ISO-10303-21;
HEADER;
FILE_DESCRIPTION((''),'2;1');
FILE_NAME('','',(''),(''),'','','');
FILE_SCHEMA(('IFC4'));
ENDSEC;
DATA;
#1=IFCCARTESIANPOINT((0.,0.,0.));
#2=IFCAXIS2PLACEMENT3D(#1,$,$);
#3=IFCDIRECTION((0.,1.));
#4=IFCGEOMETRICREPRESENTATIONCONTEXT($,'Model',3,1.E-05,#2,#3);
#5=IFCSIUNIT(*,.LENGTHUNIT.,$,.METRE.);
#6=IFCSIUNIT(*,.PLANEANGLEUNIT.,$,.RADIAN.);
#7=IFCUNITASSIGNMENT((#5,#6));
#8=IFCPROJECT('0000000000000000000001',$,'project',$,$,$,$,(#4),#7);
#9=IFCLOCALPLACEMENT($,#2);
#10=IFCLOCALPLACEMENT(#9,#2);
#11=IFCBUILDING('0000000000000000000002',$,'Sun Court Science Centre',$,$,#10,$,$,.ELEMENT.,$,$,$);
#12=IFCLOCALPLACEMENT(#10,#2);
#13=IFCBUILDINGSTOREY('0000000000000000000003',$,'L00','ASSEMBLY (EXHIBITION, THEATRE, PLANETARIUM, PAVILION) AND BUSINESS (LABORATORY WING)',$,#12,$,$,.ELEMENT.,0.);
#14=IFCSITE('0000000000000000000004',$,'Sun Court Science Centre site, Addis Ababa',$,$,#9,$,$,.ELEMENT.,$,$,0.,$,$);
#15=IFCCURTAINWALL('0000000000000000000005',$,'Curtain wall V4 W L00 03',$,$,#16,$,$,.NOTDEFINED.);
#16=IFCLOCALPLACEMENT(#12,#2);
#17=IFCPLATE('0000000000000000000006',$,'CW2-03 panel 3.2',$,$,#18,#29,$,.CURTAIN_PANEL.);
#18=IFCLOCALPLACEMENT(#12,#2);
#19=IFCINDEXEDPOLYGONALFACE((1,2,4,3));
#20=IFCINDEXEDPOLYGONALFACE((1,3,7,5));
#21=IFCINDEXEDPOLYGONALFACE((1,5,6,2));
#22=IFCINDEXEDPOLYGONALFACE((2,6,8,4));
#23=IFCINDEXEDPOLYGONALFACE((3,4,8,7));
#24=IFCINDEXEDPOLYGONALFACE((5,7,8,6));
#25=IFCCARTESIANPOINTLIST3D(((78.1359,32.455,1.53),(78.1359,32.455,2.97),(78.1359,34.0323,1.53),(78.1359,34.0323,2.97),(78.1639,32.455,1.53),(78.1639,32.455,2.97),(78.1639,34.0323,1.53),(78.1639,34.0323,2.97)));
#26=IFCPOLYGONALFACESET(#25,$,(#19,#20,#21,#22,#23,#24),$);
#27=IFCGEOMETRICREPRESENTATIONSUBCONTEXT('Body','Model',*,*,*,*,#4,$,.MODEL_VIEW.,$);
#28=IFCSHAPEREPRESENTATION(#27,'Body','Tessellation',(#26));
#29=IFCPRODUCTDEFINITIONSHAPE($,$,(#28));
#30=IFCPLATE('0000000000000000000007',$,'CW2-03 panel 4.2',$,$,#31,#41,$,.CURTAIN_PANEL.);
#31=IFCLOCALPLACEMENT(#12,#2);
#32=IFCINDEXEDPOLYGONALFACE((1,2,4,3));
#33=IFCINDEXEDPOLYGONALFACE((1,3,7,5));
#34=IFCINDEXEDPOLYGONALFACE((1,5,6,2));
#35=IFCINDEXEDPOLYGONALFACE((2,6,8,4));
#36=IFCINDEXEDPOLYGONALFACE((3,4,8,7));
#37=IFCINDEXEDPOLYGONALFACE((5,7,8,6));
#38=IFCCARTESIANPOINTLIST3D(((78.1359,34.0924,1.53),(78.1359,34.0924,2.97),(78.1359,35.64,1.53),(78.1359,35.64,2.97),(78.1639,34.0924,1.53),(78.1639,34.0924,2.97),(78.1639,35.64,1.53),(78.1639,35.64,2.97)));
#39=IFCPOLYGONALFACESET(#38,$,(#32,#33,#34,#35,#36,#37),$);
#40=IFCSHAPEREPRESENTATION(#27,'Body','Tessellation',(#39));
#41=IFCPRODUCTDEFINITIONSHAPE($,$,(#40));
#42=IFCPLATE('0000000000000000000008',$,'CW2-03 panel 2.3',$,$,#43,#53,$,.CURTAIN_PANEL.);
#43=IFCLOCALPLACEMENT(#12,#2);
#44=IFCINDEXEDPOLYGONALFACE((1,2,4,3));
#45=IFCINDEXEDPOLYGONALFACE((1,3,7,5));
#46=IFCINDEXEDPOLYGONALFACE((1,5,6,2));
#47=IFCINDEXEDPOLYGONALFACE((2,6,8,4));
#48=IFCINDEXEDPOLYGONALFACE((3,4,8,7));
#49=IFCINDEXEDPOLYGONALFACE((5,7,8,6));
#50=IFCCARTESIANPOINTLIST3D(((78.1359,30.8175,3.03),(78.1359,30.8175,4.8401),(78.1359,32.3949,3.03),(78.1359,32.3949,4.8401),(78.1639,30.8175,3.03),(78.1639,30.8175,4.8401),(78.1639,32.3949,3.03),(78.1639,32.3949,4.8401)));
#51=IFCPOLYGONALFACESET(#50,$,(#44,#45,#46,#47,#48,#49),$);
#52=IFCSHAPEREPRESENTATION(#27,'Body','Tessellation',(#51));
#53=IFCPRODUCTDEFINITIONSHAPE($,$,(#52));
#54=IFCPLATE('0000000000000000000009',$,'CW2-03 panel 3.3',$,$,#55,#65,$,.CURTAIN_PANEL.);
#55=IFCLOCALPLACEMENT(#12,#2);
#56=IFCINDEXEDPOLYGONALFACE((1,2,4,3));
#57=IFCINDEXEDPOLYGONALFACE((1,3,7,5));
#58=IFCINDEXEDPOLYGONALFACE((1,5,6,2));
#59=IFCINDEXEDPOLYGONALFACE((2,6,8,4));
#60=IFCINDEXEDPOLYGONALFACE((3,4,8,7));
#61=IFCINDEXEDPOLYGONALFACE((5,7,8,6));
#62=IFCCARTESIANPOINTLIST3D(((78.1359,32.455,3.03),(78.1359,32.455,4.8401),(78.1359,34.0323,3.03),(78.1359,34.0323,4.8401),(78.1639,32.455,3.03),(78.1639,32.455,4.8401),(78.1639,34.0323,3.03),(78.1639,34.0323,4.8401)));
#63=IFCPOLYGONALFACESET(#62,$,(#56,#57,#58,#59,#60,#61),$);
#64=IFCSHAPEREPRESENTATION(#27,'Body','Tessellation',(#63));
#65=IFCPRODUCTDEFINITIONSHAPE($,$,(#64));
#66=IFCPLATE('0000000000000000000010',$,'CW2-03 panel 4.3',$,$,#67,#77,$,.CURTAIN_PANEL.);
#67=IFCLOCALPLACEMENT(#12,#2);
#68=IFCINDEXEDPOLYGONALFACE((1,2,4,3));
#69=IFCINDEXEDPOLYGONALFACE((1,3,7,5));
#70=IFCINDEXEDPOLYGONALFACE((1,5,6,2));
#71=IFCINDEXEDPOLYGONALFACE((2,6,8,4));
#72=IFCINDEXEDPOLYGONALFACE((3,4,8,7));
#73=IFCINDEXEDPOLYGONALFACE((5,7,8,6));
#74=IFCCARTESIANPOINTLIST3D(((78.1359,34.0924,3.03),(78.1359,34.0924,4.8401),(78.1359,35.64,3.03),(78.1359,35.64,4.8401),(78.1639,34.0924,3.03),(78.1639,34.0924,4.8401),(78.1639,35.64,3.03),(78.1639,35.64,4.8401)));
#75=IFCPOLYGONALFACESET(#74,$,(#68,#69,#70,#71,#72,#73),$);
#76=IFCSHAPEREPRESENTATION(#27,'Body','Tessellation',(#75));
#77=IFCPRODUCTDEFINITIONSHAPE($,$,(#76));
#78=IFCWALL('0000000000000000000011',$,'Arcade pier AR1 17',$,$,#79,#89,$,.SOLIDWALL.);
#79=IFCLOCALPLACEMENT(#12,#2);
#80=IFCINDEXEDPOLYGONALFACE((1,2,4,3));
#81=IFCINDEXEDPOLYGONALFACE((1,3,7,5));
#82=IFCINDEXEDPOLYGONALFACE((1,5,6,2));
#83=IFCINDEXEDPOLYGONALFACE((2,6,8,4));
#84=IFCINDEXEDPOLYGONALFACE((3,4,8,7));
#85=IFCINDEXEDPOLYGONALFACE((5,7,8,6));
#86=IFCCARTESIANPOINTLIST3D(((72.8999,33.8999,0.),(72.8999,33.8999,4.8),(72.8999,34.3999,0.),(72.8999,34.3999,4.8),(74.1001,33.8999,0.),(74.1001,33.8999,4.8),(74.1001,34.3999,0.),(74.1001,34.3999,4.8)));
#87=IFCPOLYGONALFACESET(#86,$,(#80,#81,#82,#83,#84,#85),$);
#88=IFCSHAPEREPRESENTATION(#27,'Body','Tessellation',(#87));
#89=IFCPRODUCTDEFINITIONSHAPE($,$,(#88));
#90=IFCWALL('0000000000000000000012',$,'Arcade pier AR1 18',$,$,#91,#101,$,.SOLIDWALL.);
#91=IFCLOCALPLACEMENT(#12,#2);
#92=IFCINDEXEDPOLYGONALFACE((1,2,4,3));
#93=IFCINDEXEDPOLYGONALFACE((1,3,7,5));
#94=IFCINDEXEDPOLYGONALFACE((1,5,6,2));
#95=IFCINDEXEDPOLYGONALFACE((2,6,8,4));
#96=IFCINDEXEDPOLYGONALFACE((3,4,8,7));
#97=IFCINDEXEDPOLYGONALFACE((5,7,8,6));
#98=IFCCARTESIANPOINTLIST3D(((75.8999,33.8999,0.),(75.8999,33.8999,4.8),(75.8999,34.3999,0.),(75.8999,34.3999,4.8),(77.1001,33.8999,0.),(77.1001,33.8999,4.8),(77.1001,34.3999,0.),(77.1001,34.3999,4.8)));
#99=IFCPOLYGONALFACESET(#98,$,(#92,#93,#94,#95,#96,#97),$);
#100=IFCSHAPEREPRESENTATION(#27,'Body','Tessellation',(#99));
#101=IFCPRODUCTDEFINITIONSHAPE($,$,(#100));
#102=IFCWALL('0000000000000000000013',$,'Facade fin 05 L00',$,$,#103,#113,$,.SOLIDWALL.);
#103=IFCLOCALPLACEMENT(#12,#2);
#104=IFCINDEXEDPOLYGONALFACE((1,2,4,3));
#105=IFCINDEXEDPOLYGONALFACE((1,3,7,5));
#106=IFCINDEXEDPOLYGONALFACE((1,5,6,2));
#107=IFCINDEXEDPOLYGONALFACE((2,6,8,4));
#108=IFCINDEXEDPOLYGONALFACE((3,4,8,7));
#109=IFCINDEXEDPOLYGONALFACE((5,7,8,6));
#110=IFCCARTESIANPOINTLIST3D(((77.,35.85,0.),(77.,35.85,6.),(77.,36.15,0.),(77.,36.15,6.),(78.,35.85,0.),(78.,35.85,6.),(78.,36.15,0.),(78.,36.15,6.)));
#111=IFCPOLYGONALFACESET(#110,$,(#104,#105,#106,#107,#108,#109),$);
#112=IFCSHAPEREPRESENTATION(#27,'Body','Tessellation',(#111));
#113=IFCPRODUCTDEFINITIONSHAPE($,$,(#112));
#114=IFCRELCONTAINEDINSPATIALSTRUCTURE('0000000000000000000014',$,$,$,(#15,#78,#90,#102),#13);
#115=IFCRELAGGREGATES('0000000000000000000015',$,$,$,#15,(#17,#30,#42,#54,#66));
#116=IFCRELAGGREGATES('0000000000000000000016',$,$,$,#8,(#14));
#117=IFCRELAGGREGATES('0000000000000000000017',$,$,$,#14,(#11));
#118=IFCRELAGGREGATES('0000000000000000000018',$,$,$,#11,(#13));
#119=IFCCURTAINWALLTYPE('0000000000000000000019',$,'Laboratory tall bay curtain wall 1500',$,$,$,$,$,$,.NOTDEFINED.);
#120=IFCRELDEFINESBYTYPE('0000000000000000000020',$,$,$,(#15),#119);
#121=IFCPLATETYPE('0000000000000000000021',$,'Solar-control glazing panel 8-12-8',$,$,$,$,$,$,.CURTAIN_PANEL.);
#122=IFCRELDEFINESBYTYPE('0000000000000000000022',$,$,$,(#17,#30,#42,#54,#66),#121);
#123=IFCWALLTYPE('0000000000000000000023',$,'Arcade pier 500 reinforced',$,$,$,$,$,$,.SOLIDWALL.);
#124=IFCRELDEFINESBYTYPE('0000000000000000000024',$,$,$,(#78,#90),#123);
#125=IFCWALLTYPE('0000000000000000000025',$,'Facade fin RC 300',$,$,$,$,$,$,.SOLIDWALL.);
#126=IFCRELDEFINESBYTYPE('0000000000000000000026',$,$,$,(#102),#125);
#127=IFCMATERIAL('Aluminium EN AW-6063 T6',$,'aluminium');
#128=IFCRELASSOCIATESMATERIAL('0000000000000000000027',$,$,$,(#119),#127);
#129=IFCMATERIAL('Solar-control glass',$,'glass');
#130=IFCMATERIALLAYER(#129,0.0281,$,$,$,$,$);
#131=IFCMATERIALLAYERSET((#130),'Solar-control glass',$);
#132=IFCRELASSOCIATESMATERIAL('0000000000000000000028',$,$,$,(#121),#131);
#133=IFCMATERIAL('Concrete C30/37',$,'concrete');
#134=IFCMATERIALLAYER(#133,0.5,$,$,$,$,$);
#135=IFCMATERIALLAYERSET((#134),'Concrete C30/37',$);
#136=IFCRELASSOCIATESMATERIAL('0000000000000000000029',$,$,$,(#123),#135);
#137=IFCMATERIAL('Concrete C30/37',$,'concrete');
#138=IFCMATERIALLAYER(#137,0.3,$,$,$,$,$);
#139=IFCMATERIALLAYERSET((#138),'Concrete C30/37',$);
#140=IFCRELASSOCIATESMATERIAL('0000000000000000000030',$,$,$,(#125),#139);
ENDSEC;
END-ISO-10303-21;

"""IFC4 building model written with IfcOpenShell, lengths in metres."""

from ifc_helpers import new_model, si_unit, direction, frame, frame_2d, origin, origin_2d, place, context, subcontext, project, spatial, rectangle, extrude, material, layer, layer_set, type_object, element, aggregate, save


model = new_model("IFC4")

# Units and contexts
model_context = context("Model", 3, precision=1e-05, world=origin(), true_north=direction((0.0, 1.0)))
body_context = subcontext(model_context, "Body", "Model", "MODEL_VIEW")
ifc_project = project(units=[si_unit("LENGTHUNIT", "METRE"), si_unit("PLANEANGLEUNIT", "RADIAN")], contexts=[model_context])

# Site, building, storey
site_placement = place(None, origin())
site = spatial("IfcSite", under=ifc_project, at=site_placement, Name="Sun Court Science Centre site, Addis Ababa", CompositionType="ELEMENT", RefElevation=0.0)
building_placement = place(site_placement, origin())
building = spatial("IfcBuilding", under=site, at=building_placement, Name="Sun Court Science Centre", CompositionType="ELEMENT")
storey_placement = place(building_placement, origin())
storey = spatial("IfcBuildingStorey", under=building, at=storey_placement, Name="L00", Description="ASSEMBLY (EXHIBITION, THEATRE, PLANETARIUM, PAVILION) AND BUSINESS (LABORATORY WING)", CompositionType="ELEMENT", Elevation=0.0)

# Curtain wall, plates
ifc_material_1 = material(Name="Aluminium EN AW-6063 T6", Category="aluminium")
curtain_wall_type = type_object("IfcCurtainWallType", Name="Laboratory tall bay curtain wall 1500", PredefinedType="NOTDEFINED", material=ifc_material_1)
curtain_wall_placement = place(storey_placement, origin())
curtain_wall = element("IfcCurtainWall", 1, at=curtain_wall_placement, inside=storey, type_object=curtain_wall_type, Name="Curtain wall V4 W L00 03", PredefinedType="NOTDEFINED")
ifc_material_2 = material(Name="Solar-control glass", Category="glass")
ifc_layer_1 = layer(ifc_material_2, 0.0281)
ifc_layer_set_1 = layer_set([ifc_layer_1], Name="Solar-control glass")
plate_type = type_object("IfcPlateType", Name="Solar-control glazing panel 8-12-8", PredefinedType="CURTAIN_PANEL", material=ifc_layer_set_1)
plate_1_placement = place(storey_placement, frame((78.1499, 33.2437, 1.53), z_axis=(0.0, 0.0, 1.0), x_axis=(0.0, 1.0, 0.0)))
plate_1 = element("IfcPlate", 2, at=plate_1_placement, type_object=plate_type, Name="CW2-03 panel 3.2", PredefinedType="CURTAIN_PANEL", context=body_context, shape_type="SweptSolid", body=[
    extrude(rectangle(XDim=1.5774, YDim=0.0281, at=origin_2d()), origin(), (0.0, 0.0, 1.0), 1.4399),
])
plate_2_placement = place(storey_placement, frame((78.1499, 34.8662, 1.53), z_axis=(0.0, 0.0, 1.0), x_axis=(0.0, 1.0, 0.0)))
plate_2 = element("IfcPlate", 3, at=plate_2_placement, type_object=plate_type, Name="CW2-03 panel 4.2", PredefinedType="CURTAIN_PANEL", context=body_context, shape_type="SweptSolid", body=[
    extrude(rectangle(XDim=1.5476, YDim=0.0281, at=origin_2d()), origin(), (0.0, 0.0, 1.0), 1.4399),
])
plate_3_placement = place(storey_placement, frame((78.1499, 31.6062, 3.03), z_axis=(0.0, 0.0, 1.0), x_axis=(0.0, 1.0, 0.0)))
plate_3 = element("IfcPlate", 4, at=plate_3_placement, type_object=plate_type, Name="CW2-03 panel 2.3", PredefinedType="CURTAIN_PANEL", context=body_context, shape_type="SweptSolid", body=[
    extrude(rectangle(XDim=1.5774, YDim=0.0281, at=origin_2d()), origin(), (0.0, 0.0, 1.0), 1.8101),
])
plate_4_placement = place(storey_placement, frame((78.1499, 33.2437, 3.03), z_axis=(0.0, 0.0, 1.0), x_axis=(0.0, 1.0, 0.0)))
plate_4 = element("IfcPlate", 5, at=plate_4_placement, type_object=plate_type, Name="CW2-03 panel 3.3", PredefinedType="CURTAIN_PANEL", context=body_context, shape_type="SweptSolid", body=[
    extrude(rectangle(XDim=1.5774, YDim=0.0281, at=origin_2d()), origin(), (0.0, 0.0, 1.0), 1.8101),
])
plate_5_placement = place(storey_placement, frame((78.1499, 34.8662, 3.03), z_axis=(0.0, 0.0, 1.0), x_axis=(0.0, 1.0, 0.0)))
plate_5 = element("IfcPlate", 6, at=plate_5_placement, type_object=plate_type, Name="CW2-03 panel 4.3", PredefinedType="CURTAIN_PANEL", context=body_context, shape_type="SweptSolid", body=[
    extrude(rectangle(XDim=1.5476, YDim=0.0281, at=origin_2d()), origin(), (0.0, 0.0, 1.0), 1.8101),
])
aggregate(curtain_wall, [plate_1, plate_2, plate_3, plate_4, plate_5])

# Walls
ifc_material_3 = material(Name="Concrete C30/37", Category="concrete")
ifc_layer_2 = layer(ifc_material_3, 0.5)
ifc_layer_set_2 = layer_set([ifc_layer_2], Name="Concrete C30/37")
wall_type_1 = type_object("IfcWallType", Name="Arcade pier 500 reinforced", PredefinedType="SOLIDWALL", material=ifc_layer_set_2)
for number, where, z_axis, x_axis, name in (
    (7, (72.8999, 34.1499, 0.0), (0.0, 0.0, 1.0), (1.0, 0.0, 0.0), "Arcade pier AR1 17"),
    (8, (75.8999, 34.1499, 0.0), (0.0, 0.0, 1.0), (1.0, 0.0, 0.0), "Arcade pier AR1 18"),
):
    element("IfcWall", number, at=place(storey_placement, frame(where, z_axis=z_axis, x_axis=x_axis)), inside=storey, type_object=wall_type_1, Name=name, PredefinedType="SOLIDWALL", context=body_context, shape_type="SweptSolid", body=[
        extrude(rectangle(XDim=1.2002, YDim=0.5, at=frame_2d((0.6001, 0.0))), origin(), (0.0, 0.0, 1.0), 4.8),
    ])
ifc_material_4 = material(Name="Concrete C30/37", Category="concrete")
ifc_layer_3 = layer(ifc_material_4, 0.3)
ifc_layer_set_3 = layer_set([ifc_layer_3], Name="Concrete C30/37")
wall_type_2 = type_object("IfcWallType", Name="Facade fin RC 300", PredefinedType="SOLIDWALL", material=ifc_layer_set_3)
wall_placement = place(storey_placement, frame((77.0, 36.0, 0.0), z_axis=(0.0, 0.0, 1.0), x_axis=(1.0, 0.0, 0.0)))
element("IfcWall", 9, at=wall_placement, inside=storey, type_object=wall_type_2, Name="Facade fin 05 L00", PredefinedType="SOLIDWALL", context=body_context, shape_type="SweptSolid", body=[
    extrude(rectangle(XDim=1.0, YDim=0.3, at=frame_2d((0.5, 0.0))), origin(), (0.0, 0.0, 1.0), 6.0),
])

save(model, "model.ifc")
